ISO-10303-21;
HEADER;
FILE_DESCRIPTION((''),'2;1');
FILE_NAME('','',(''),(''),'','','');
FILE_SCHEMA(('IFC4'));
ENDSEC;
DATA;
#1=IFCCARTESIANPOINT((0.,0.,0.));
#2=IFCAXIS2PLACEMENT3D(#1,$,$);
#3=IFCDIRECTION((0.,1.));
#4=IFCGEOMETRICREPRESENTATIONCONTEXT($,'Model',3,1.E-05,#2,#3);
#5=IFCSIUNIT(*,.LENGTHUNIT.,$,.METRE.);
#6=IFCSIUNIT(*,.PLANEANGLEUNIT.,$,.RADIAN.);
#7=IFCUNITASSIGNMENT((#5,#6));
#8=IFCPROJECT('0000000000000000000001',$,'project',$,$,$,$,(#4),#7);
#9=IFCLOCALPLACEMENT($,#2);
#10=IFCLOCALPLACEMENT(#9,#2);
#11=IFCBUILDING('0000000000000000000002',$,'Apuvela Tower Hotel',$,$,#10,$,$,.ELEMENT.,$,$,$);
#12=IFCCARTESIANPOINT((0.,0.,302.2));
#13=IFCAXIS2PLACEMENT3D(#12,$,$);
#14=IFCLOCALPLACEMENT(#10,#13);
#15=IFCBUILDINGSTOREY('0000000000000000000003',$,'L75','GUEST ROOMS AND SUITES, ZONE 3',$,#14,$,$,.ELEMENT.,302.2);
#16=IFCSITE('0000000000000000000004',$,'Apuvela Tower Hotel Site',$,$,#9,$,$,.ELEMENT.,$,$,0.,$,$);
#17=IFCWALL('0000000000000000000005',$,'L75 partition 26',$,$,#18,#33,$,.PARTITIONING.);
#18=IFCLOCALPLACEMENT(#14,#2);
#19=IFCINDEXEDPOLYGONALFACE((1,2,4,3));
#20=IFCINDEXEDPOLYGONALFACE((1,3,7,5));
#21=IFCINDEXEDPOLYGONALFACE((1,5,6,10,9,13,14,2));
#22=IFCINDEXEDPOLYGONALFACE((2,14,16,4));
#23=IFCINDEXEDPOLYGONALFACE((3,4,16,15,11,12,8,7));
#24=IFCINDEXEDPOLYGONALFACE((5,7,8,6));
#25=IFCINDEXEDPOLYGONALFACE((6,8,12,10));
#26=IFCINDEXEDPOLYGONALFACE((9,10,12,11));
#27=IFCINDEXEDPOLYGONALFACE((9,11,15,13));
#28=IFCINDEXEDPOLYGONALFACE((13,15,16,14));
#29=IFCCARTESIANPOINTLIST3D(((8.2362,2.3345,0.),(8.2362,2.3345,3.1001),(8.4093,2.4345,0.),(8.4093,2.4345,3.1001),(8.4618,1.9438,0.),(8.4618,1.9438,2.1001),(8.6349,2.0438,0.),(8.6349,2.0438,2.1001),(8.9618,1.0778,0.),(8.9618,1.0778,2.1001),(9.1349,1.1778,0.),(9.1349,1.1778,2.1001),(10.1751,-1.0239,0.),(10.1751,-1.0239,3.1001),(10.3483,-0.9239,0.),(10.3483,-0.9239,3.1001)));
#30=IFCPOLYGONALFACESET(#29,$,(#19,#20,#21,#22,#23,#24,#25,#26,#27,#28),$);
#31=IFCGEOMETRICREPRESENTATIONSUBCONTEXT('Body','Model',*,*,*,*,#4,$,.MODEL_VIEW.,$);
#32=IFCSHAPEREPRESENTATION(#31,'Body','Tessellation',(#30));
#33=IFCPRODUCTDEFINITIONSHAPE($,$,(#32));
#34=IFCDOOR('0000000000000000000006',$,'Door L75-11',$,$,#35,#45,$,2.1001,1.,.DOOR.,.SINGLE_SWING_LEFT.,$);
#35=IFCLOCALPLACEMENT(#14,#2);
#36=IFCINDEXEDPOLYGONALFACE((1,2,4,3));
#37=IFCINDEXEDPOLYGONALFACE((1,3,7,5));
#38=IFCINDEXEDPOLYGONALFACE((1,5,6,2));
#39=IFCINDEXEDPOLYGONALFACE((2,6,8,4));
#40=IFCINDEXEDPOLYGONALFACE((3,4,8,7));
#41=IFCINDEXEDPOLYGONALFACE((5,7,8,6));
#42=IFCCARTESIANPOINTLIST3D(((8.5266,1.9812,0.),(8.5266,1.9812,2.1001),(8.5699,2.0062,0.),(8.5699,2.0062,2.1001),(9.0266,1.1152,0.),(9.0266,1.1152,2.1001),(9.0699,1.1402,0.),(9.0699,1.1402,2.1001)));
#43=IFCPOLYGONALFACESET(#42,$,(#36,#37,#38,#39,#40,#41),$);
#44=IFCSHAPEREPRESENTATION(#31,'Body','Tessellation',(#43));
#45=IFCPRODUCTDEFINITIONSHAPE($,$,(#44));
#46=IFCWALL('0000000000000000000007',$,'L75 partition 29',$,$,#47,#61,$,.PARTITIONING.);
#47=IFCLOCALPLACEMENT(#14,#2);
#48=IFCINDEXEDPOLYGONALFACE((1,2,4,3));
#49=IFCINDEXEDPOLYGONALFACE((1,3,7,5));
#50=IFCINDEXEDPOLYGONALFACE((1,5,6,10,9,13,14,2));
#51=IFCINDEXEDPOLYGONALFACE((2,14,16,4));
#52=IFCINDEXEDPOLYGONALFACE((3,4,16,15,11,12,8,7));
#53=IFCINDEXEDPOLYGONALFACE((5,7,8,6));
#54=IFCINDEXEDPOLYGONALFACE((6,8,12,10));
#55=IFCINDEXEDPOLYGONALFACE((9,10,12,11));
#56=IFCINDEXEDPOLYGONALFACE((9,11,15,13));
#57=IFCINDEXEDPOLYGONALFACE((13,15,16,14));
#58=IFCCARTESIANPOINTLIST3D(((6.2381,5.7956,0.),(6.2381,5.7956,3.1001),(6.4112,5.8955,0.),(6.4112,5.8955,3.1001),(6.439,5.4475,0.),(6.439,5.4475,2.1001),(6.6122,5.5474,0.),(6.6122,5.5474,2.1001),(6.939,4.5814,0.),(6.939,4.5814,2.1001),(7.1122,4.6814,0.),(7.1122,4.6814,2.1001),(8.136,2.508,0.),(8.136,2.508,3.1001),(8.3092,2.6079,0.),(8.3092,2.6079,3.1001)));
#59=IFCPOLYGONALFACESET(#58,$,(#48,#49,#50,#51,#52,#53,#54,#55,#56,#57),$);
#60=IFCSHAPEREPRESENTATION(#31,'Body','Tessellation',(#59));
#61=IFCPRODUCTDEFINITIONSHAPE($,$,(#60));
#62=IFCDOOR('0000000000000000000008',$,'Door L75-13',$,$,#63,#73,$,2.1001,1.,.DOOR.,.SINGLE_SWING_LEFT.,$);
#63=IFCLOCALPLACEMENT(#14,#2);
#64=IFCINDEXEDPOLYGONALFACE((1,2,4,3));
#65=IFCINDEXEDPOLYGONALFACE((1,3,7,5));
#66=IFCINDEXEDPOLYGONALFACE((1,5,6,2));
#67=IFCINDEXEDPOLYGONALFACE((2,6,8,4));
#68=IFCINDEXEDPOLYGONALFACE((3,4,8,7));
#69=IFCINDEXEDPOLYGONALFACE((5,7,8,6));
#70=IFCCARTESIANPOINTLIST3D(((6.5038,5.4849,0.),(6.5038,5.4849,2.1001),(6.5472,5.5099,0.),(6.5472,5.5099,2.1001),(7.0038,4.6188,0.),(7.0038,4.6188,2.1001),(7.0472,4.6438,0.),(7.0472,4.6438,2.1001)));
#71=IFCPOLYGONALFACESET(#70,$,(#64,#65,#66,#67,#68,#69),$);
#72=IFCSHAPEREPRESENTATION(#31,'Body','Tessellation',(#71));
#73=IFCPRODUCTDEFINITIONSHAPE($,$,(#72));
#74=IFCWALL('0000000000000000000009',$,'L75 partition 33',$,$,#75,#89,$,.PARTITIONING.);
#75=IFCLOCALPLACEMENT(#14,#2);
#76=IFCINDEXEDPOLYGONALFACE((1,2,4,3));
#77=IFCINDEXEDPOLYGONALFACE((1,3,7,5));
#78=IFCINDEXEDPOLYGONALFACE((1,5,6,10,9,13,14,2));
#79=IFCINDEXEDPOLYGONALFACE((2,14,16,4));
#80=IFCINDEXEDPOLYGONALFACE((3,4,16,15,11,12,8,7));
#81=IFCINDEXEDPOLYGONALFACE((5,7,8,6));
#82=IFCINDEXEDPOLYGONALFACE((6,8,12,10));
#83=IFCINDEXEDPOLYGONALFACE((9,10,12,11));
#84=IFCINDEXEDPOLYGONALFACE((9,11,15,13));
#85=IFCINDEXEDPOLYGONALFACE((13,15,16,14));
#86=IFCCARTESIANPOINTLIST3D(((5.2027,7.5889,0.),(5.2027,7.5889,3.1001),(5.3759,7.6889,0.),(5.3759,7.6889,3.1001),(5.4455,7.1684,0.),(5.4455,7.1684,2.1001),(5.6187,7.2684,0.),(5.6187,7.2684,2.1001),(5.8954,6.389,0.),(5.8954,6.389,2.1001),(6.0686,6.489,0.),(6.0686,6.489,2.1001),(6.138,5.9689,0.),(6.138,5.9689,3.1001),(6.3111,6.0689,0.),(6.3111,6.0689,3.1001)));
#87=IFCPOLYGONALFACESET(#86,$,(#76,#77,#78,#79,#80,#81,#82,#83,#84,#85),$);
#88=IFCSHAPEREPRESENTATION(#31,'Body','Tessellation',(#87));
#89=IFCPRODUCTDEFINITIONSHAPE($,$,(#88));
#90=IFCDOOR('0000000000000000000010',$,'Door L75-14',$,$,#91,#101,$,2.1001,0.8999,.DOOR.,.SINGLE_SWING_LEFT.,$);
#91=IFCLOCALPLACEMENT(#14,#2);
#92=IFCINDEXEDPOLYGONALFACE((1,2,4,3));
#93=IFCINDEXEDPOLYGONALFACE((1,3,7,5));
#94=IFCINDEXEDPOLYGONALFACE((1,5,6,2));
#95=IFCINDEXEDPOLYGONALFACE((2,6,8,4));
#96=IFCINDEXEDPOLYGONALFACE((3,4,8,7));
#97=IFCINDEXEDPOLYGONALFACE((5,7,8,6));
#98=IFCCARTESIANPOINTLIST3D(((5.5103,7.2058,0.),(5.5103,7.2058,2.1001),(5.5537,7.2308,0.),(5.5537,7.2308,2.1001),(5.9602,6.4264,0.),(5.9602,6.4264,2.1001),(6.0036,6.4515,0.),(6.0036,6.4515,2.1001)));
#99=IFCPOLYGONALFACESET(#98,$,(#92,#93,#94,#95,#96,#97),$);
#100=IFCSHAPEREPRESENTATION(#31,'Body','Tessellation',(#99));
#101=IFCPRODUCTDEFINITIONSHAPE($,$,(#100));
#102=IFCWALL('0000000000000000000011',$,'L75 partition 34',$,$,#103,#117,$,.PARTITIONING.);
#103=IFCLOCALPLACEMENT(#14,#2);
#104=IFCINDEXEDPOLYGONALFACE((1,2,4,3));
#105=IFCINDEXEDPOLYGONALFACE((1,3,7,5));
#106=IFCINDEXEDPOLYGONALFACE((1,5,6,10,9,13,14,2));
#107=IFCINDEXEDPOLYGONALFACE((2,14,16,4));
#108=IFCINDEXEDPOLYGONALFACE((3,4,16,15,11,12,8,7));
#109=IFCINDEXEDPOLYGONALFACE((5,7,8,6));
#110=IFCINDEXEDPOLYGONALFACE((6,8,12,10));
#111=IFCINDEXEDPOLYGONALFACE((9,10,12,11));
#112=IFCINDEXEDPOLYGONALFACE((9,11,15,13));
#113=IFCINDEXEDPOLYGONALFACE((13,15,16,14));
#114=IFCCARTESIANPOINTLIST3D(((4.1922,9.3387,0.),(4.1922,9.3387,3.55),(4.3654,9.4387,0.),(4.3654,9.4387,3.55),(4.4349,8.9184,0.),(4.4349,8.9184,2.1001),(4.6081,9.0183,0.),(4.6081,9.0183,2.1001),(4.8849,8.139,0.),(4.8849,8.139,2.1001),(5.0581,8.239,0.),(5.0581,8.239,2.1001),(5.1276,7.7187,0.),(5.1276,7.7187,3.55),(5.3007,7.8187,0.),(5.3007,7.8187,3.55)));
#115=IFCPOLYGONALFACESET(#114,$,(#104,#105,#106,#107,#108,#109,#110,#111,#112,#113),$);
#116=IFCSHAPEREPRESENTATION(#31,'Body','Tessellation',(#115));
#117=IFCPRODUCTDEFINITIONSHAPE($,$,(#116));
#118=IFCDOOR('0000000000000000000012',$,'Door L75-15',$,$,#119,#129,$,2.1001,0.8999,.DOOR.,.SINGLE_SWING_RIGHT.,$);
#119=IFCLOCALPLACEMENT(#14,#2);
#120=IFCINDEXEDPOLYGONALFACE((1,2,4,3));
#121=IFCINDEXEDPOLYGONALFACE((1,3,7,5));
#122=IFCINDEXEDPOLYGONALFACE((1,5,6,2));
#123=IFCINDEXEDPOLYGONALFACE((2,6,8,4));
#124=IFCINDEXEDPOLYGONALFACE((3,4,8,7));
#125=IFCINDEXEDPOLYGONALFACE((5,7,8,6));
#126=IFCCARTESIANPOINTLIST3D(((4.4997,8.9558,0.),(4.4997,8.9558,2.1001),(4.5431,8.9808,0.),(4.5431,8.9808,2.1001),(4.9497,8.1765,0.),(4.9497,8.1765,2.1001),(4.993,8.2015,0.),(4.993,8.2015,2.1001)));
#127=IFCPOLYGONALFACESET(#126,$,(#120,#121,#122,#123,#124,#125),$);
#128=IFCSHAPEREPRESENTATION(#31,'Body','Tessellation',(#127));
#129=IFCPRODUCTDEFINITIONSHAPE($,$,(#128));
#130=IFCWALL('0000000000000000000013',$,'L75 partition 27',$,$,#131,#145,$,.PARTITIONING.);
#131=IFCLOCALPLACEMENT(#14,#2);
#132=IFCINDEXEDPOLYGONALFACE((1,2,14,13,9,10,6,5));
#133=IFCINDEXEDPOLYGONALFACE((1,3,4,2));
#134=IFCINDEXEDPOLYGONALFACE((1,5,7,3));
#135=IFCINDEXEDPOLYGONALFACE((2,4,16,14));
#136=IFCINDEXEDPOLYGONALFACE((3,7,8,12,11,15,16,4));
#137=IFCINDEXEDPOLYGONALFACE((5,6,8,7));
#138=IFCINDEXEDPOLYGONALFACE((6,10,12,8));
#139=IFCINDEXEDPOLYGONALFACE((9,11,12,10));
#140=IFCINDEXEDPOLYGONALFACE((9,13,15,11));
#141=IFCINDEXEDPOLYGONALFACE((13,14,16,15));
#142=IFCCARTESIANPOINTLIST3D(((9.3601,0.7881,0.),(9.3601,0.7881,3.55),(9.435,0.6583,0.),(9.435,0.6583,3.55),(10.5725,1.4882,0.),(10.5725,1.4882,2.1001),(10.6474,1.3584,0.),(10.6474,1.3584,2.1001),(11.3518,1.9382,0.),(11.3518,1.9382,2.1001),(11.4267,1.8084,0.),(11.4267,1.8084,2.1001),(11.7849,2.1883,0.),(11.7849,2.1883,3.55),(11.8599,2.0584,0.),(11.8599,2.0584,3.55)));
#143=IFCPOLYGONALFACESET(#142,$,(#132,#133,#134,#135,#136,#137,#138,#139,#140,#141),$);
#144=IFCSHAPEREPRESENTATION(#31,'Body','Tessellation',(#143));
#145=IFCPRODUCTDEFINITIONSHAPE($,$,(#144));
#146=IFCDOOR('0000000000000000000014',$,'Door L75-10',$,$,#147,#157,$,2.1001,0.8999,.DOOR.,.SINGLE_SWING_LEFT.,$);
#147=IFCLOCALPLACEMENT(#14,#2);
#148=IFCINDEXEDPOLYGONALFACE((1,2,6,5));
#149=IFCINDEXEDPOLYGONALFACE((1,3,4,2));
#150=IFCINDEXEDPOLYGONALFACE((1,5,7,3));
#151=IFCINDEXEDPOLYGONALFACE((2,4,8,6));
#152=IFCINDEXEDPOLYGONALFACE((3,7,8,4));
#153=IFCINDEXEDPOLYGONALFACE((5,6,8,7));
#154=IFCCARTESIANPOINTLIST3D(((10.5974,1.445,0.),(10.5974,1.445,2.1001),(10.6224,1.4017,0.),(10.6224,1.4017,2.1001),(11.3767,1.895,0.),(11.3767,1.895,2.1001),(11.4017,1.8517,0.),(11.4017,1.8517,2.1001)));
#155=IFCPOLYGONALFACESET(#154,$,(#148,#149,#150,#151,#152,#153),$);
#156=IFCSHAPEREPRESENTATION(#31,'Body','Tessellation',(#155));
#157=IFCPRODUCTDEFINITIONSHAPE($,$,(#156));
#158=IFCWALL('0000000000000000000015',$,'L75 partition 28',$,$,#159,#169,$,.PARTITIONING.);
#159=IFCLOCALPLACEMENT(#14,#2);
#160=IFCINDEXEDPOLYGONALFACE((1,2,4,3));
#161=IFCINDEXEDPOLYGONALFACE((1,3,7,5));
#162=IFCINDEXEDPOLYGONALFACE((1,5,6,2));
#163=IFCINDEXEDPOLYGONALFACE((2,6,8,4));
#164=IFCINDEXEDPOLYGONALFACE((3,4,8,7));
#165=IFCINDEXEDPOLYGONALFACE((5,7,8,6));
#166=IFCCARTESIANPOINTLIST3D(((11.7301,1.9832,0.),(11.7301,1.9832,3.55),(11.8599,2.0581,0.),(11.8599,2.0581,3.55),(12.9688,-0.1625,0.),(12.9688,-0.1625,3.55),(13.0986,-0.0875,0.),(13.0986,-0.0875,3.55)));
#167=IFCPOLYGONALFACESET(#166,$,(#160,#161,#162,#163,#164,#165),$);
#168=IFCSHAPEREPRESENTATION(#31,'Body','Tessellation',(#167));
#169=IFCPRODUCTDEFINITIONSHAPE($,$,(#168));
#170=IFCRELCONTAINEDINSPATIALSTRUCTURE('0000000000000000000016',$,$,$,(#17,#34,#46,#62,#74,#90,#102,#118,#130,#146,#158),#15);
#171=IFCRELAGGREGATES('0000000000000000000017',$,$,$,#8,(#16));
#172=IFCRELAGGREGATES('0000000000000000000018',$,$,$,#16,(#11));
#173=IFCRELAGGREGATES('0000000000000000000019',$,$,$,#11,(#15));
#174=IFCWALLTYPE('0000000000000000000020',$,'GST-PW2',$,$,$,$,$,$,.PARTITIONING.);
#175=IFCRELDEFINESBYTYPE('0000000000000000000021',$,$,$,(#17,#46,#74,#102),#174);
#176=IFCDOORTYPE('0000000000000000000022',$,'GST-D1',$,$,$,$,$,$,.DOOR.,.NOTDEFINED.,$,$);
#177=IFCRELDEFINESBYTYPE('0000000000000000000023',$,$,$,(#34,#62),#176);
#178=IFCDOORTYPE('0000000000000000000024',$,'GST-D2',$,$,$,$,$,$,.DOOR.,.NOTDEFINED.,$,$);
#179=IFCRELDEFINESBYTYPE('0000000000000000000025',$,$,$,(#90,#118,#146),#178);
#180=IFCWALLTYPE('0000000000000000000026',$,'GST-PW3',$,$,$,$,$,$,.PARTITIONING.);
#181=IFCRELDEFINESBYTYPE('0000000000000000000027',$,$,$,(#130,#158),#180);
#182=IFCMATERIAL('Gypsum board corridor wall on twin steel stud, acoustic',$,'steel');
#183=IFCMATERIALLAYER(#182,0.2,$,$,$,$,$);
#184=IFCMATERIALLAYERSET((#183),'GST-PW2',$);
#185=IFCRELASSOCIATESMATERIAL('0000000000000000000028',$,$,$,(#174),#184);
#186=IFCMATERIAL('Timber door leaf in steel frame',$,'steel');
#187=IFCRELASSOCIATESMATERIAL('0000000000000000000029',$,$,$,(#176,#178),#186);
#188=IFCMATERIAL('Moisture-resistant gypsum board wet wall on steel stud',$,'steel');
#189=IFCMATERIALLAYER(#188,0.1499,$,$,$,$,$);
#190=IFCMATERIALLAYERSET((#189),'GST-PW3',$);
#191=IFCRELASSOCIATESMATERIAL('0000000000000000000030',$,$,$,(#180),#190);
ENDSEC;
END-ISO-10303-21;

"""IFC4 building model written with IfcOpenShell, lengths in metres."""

from ifc_helpers import new_model, si_unit, direction, frame, frame_2d, origin, place, context, subcontext, project, spatial, rectangle, extrude, material, layer, layer_set, type_object, element, fill, save


model = new_model("IFC4")

# Units and contexts
model_context = context("Model", 3, precision=1e-05, world=origin(), true_north=direction((0.0, 1.0)))
body_context = subcontext(model_context, "Body", "Model", "MODEL_VIEW")
ifc_project = project(units=[si_unit("LENGTHUNIT", "METRE"), si_unit("PLANEANGLEUNIT", "RADIAN")], contexts=[model_context])

# Site, building, storey
site_placement = place(None, origin())
site = spatial("IfcSite", under=ifc_project, at=site_placement, Name="Apuvela Tower Hotel Site", CompositionType="ELEMENT", RefElevation=0.0)
building_placement = place(site_placement, origin())
building = spatial("IfcBuilding", under=site, at=building_placement, Name="Apuvela Tower Hotel", CompositionType="ELEMENT")
storey_placement = place(building_placement, frame((0.0, 0.0, 302.2)))
storey = spatial("IfcBuildingStorey", under=building, at=storey_placement, Name="L75", Description="GUEST ROOMS AND SUITES, ZONE 3", CompositionType="ELEMENT", Elevation=302.2)

# Walls, openings, doors
ifc_material_1 = material(Name="Gypsum board corridor wall on twin steel stud, acoustic", Category="steel")
ifc_layer_1 = layer(ifc_material_1, 0.2)
ifc_layer_set_1 = layer_set([ifc_layer_1], Name="GST-PW2")
wall_type_1 = type_object("IfcWallType", Name="GST-PW2", PredefinedType="PARTITIONING", material=ifc_layer_set_1)
ifc_material_2 = material(Name="Timber door leaf in steel frame", Category="steel")
door_type_1 = type_object("IfcDoorType", Name="GST-D1", OperationType="NOTDEFINED", PredefinedType="DOOR", material=ifc_material_2)
wall_1_placement = place(storey_placement, frame((8.3228, 2.3845, 0.0), z_axis=(0.0, 0.0, 1.0), x_axis=(0.499999, -0.866026, 0.0)))
wall_1 = element("IfcWall", 1, at=wall_1_placement, inside=storey, type_object=wall_type_1, Name="L75 partition 26", PredefinedType="PARTITIONING", context=body_context, shape_type="SweptSolid", body=[
    extrude(rectangle(XDim=3.8779, YDim=0.2, at=frame_2d((1.939, 0.0))), origin(), (0.0, 0.0, 1.0), 3.1001),
])
opening_1_placement = place(wall_1_placement, frame((0.4512, 0.0, 0.0)))
opening_1 = element("IfcOpeningElement", 2, at=opening_1_placement, cuts=wall_1, PredefinedType="OPENING", context=body_context, shape_type="SweptSolid", body=[
    extrude(rectangle(XDim=1.0, YDim=2.1001, at=frame_2d((0.5, 1.05))), frame((0.0, 0.1099, 0.0), z_axis=(0.0, -1.0, 0.0), x_axis=(1.0, 0.0, 0.0)), (0.0, 0.0, 1.0), 0.22),
])
door_1_placement = place(opening_1_placement, origin())
door_1 = element("IfcDoor", 3, at=door_1_placement, inside=storey, type_object=door_type_1, Name="Door L75-11", OperationType="SINGLE_SWING_LEFT", OverallHeight=2.1001, OverallWidth=1.0, PredefinedType="DOOR", context=body_context, shape_type="SweptSolid", body=[
    extrude(rectangle(XDim=1.0, YDim=2.1001, at=frame_2d((0.5, 1.05))), frame((0.0, 0.0249, 0.0), z_axis=(0.0, -1.0, 0.0), x_axis=(1.0, 0.0, 0.0)), (0.0, 0.0, 1.0), 0.05),
])
fill(opening_1, door_1)
wall_2_placement = place(storey_placement, frame((6.3247, 5.8455, 0.0), z_axis=(0.0, 0.0, 1.0), x_axis=(0.499971, -0.866042, 0.0)))
wall_2 = element("IfcWall", 4, at=wall_2_placement, inside=storey, type_object=wall_type_1, Name="L75 partition 29", PredefinedType="PARTITIONING", context=body_context, shape_type="SweptSolid", body=[
    extrude(rectangle(XDim=3.7961, YDim=0.2, at=frame_2d((1.8979, 0.0))), origin(), (0.0, 0.0, 1.0), 3.1001),
])
opening_2_placement = place(wall_2_placement, frame((0.4019, 0.0, 0.0)))
opening_2 = element("IfcOpeningElement", 5, at=opening_2_placement, cuts=wall_2, PredefinedType="OPENING", context=body_context, shape_type="SweptSolid", body=[
    extrude(rectangle(XDim=1.0, YDim=2.1001, at=frame_2d((0.5, 1.05))), frame((0.0, 0.1099, 0.0), z_axis=(0.0, -1.0, 0.0), x_axis=(1.0, 0.0, 0.0)), (0.0, 0.0, 1.0), 0.22),
])
door_2_placement = place(opening_2_placement, origin())
door_2 = element("IfcDoor", 6, at=door_2_placement, inside=storey, type_object=door_type_1, Name="Door L75-13", OperationType="SINGLE_SWING_LEFT", OverallHeight=2.1001, OverallWidth=1.0, PredefinedType="DOOR", context=body_context, shape_type="SweptSolid", body=[
    extrude(rectangle(XDim=1.0, YDim=2.1001, at=frame_2d((0.5, 1.05))), frame((0.0, 0.0249, 0.0), z_axis=(0.0, -1.0, 0.0), x_axis=(1.0, 0.0, 0.0)), (0.0, 0.0, 1.0), 0.05),
])
fill(opening_2, door_2)
wall_3_placement = place(storey_placement, frame((5.2893, 7.6389, 0.0), z_axis=(0.0, 0.0, 1.0), x_axis=(0.499971, -0.866042, 0.0)))
wall_3 = element("IfcWall", 7, at=wall_3_placement, inside=storey, type_object=wall_type_1, Name="L75 partition 33", PredefinedType="PARTITIONING", context=body_context, shape_type="SweptSolid", body=[
    extrude(rectangle(XDim=1.8706, YDim=0.2, at=frame_2d((0.9353, 0.0))), origin(), (0.0, 0.0, 1.0), 3.1001),
])
opening_3_placement = place(wall_3_placement, frame((0.4856, 0.0, 0.0)))
opening_3 = element("IfcOpeningElement", 8, at=opening_3_placement, cuts=wall_3, PredefinedType="OPENING", context=body_context, shape_type="SweptSolid", body=[
    extrude(rectangle(XDim=0.8999, YDim=2.1001, at=frame_2d((0.45, 1.05))), frame((0.0, 0.1099, 0.0), z_axis=(0.0, -1.0, 0.0), x_axis=(1.0, 0.0, 0.0)), (0.0, 0.0, 1.0), 0.22),
])
door_type_2 = type_object("IfcDoorType", Name="GST-D2", OperationType="NOTDEFINED", PredefinedType="DOOR", material=ifc_material_2)
door_3_placement = place(opening_3_placement, origin())
door_3 = element("IfcDoor", 9, at=door_3_placement, inside=storey, type_object=door_type_2, Name="Door L75-14", OperationType="SINGLE_SWING_LEFT", OverallHeight=2.1001, OverallWidth=0.8999, PredefinedType="DOOR", context=body_context, shape_type="SweptSolid", body=[
    extrude(rectangle(XDim=0.8999, YDim=2.1001, at=frame_2d((0.45, 1.05))), frame((0.0, 0.0249, 0.0), z_axis=(0.0, -1.0, 0.0), x_axis=(1.0, 0.0, 0.0)), (0.0, 0.0, 1.0), 0.05),
])
fill(opening_3, door_3)
wall_4_placement = place(storey_placement, frame((4.2788, 9.3887, 0.0), z_axis=(0.0, 0.0, 1.0), x_axis=(0.500028, -0.86601, 0.0)))
wall_4 = element("IfcWall", 10, at=wall_4_placement, inside=storey, type_object=wall_type_1, Name="L75 partition 34", PredefinedType="PARTITIONING", context=body_context, shape_type="SweptSolid", body=[
    extrude(rectangle(XDim=1.8706, YDim=0.2, at=frame_2d((0.9353, 0.0))), origin(), (0.0, 0.0, 1.0), 3.55),
])
opening_4_placement = place(wall_4_placement, frame((0.4854, 0.0, 0.0)))
opening_4 = element("IfcOpeningElement", 11, at=opening_4_placement, cuts=wall_4, PredefinedType="OPENING", context=body_context, shape_type="SweptSolid", body=[
    extrude(rectangle(XDim=0.8999, YDim=2.1001, at=frame_2d((0.45, 1.05))), frame((0.0, 0.1099, 0.0), z_axis=(0.0, -1.0, 0.0), x_axis=(1.0, 0.0, 0.0)), (0.0, 0.0, 1.0), 0.22),
])
door_4_placement = place(opening_4_placement, origin())
door_4 = element("IfcDoor", 12, at=door_4_placement, inside=storey, type_object=door_type_2, Name="Door L75-15", OperationType="SINGLE_SWING_RIGHT", OverallHeight=2.1001, OverallWidth=0.8999, PredefinedType="DOOR", context=body_context, shape_type="SweptSolid", body=[
    extrude(rectangle(XDim=0.8999, YDim=2.1001, at=frame_2d((0.45, 1.05))), frame((0.0, 0.0249, 0.0), z_axis=(0.0, -1.0, 0.0), x_axis=(1.0, 0.0, 0.0)), (0.0, 0.0, 1.0), 0.05),
])
fill(opening_4, door_4)
ifc_material_3 = material(Name="Moisture-resistant gypsum board wet wall on steel stud", Category="steel")
ifc_layer_2 = layer(ifc_material_3, 0.1499)
ifc_layer_set_2 = layer_set([ifc_layer_2], Name="GST-PW3")
wall_type_2 = type_object("IfcWallType", Name="GST-PW3", PredefinedType="PARTITIONING", material=ifc_layer_set_2)
wall_5_placement = place(storey_placement, frame((11.8223, 2.1233, 0.0), z_axis=(0.0, 0.0, 1.0), x_axis=(-0.865997, -0.50005, 0.0)))
wall_5 = element("IfcWall", 13, at=wall_5_placement, inside=storey, type_object=wall_type_2, Name="L75 partition 27", PredefinedType="PARTITIONING", context=body_context, shape_type="SweptSolid", body=[
    extrude(rectangle(XDim=2.8, YDim=0.1499, at=frame_2d((1.3999, 0.0))), origin(), (0.0, 0.0, 1.0), 3.55),
])
opening_5_placement = place(wall_5_placement, frame((0.5, 0.0, 0.0)))
opening_5 = element("IfcOpeningElement", 14, at=opening_5_placement, cuts=wall_5, PredefinedType="OPENING", context=body_context, shape_type="SweptSolid", body=[
    extrude(rectangle(XDim=0.8999, YDim=2.1001, at=frame_2d((0.45, 1.05))), frame((0.0, 0.085, 0.0), z_axis=(0.0, -1.0, 0.0), x_axis=(1.0, 0.0, 0.0)), (0.0, 0.0, 1.0), 0.1699),
])
door_5_placement = place(opening_5_placement, origin())
door_5 = element("IfcDoor", 15, at=door_5_placement, inside=storey, type_object=door_type_2, Name="Door L75-10", OperationType="SINGLE_SWING_LEFT", OverallHeight=2.1001, OverallWidth=0.8999, PredefinedType="DOOR", context=body_context, shape_type="SweptSolid", body=[
    extrude(rectangle(XDim=0.8999, YDim=2.1001, at=frame_2d((0.45, 1.05))), frame((0.0, 0.0249, 0.0), z_axis=(0.0, -1.0, 0.0), x_axis=(1.0, 0.0, 0.0)), (0.0, 0.0, 1.0), 0.05),
])
fill(opening_5, door_5)

# Wall
wall_6_placement = place(storey_placement, frame((13.0337, -0.125, 0.0), z_axis=(0.0, 0.0, 1.0), x_axis=(-0.499975, 0.86604, 0.0)))
element("IfcWall", 16, at=wall_6_placement, inside=storey, type_object=wall_type_2, Name="L75 partition 28", PredefinedType="PARTITIONING", context=body_context, shape_type="SweptSolid", body=[
    extrude(rectangle(XDim=2.4775, YDim=0.1499, at=frame_2d((1.2388, 0.0))), origin(), (0.0, 0.0, 1.0), 3.55),
])

save(model, "model.ifc")
